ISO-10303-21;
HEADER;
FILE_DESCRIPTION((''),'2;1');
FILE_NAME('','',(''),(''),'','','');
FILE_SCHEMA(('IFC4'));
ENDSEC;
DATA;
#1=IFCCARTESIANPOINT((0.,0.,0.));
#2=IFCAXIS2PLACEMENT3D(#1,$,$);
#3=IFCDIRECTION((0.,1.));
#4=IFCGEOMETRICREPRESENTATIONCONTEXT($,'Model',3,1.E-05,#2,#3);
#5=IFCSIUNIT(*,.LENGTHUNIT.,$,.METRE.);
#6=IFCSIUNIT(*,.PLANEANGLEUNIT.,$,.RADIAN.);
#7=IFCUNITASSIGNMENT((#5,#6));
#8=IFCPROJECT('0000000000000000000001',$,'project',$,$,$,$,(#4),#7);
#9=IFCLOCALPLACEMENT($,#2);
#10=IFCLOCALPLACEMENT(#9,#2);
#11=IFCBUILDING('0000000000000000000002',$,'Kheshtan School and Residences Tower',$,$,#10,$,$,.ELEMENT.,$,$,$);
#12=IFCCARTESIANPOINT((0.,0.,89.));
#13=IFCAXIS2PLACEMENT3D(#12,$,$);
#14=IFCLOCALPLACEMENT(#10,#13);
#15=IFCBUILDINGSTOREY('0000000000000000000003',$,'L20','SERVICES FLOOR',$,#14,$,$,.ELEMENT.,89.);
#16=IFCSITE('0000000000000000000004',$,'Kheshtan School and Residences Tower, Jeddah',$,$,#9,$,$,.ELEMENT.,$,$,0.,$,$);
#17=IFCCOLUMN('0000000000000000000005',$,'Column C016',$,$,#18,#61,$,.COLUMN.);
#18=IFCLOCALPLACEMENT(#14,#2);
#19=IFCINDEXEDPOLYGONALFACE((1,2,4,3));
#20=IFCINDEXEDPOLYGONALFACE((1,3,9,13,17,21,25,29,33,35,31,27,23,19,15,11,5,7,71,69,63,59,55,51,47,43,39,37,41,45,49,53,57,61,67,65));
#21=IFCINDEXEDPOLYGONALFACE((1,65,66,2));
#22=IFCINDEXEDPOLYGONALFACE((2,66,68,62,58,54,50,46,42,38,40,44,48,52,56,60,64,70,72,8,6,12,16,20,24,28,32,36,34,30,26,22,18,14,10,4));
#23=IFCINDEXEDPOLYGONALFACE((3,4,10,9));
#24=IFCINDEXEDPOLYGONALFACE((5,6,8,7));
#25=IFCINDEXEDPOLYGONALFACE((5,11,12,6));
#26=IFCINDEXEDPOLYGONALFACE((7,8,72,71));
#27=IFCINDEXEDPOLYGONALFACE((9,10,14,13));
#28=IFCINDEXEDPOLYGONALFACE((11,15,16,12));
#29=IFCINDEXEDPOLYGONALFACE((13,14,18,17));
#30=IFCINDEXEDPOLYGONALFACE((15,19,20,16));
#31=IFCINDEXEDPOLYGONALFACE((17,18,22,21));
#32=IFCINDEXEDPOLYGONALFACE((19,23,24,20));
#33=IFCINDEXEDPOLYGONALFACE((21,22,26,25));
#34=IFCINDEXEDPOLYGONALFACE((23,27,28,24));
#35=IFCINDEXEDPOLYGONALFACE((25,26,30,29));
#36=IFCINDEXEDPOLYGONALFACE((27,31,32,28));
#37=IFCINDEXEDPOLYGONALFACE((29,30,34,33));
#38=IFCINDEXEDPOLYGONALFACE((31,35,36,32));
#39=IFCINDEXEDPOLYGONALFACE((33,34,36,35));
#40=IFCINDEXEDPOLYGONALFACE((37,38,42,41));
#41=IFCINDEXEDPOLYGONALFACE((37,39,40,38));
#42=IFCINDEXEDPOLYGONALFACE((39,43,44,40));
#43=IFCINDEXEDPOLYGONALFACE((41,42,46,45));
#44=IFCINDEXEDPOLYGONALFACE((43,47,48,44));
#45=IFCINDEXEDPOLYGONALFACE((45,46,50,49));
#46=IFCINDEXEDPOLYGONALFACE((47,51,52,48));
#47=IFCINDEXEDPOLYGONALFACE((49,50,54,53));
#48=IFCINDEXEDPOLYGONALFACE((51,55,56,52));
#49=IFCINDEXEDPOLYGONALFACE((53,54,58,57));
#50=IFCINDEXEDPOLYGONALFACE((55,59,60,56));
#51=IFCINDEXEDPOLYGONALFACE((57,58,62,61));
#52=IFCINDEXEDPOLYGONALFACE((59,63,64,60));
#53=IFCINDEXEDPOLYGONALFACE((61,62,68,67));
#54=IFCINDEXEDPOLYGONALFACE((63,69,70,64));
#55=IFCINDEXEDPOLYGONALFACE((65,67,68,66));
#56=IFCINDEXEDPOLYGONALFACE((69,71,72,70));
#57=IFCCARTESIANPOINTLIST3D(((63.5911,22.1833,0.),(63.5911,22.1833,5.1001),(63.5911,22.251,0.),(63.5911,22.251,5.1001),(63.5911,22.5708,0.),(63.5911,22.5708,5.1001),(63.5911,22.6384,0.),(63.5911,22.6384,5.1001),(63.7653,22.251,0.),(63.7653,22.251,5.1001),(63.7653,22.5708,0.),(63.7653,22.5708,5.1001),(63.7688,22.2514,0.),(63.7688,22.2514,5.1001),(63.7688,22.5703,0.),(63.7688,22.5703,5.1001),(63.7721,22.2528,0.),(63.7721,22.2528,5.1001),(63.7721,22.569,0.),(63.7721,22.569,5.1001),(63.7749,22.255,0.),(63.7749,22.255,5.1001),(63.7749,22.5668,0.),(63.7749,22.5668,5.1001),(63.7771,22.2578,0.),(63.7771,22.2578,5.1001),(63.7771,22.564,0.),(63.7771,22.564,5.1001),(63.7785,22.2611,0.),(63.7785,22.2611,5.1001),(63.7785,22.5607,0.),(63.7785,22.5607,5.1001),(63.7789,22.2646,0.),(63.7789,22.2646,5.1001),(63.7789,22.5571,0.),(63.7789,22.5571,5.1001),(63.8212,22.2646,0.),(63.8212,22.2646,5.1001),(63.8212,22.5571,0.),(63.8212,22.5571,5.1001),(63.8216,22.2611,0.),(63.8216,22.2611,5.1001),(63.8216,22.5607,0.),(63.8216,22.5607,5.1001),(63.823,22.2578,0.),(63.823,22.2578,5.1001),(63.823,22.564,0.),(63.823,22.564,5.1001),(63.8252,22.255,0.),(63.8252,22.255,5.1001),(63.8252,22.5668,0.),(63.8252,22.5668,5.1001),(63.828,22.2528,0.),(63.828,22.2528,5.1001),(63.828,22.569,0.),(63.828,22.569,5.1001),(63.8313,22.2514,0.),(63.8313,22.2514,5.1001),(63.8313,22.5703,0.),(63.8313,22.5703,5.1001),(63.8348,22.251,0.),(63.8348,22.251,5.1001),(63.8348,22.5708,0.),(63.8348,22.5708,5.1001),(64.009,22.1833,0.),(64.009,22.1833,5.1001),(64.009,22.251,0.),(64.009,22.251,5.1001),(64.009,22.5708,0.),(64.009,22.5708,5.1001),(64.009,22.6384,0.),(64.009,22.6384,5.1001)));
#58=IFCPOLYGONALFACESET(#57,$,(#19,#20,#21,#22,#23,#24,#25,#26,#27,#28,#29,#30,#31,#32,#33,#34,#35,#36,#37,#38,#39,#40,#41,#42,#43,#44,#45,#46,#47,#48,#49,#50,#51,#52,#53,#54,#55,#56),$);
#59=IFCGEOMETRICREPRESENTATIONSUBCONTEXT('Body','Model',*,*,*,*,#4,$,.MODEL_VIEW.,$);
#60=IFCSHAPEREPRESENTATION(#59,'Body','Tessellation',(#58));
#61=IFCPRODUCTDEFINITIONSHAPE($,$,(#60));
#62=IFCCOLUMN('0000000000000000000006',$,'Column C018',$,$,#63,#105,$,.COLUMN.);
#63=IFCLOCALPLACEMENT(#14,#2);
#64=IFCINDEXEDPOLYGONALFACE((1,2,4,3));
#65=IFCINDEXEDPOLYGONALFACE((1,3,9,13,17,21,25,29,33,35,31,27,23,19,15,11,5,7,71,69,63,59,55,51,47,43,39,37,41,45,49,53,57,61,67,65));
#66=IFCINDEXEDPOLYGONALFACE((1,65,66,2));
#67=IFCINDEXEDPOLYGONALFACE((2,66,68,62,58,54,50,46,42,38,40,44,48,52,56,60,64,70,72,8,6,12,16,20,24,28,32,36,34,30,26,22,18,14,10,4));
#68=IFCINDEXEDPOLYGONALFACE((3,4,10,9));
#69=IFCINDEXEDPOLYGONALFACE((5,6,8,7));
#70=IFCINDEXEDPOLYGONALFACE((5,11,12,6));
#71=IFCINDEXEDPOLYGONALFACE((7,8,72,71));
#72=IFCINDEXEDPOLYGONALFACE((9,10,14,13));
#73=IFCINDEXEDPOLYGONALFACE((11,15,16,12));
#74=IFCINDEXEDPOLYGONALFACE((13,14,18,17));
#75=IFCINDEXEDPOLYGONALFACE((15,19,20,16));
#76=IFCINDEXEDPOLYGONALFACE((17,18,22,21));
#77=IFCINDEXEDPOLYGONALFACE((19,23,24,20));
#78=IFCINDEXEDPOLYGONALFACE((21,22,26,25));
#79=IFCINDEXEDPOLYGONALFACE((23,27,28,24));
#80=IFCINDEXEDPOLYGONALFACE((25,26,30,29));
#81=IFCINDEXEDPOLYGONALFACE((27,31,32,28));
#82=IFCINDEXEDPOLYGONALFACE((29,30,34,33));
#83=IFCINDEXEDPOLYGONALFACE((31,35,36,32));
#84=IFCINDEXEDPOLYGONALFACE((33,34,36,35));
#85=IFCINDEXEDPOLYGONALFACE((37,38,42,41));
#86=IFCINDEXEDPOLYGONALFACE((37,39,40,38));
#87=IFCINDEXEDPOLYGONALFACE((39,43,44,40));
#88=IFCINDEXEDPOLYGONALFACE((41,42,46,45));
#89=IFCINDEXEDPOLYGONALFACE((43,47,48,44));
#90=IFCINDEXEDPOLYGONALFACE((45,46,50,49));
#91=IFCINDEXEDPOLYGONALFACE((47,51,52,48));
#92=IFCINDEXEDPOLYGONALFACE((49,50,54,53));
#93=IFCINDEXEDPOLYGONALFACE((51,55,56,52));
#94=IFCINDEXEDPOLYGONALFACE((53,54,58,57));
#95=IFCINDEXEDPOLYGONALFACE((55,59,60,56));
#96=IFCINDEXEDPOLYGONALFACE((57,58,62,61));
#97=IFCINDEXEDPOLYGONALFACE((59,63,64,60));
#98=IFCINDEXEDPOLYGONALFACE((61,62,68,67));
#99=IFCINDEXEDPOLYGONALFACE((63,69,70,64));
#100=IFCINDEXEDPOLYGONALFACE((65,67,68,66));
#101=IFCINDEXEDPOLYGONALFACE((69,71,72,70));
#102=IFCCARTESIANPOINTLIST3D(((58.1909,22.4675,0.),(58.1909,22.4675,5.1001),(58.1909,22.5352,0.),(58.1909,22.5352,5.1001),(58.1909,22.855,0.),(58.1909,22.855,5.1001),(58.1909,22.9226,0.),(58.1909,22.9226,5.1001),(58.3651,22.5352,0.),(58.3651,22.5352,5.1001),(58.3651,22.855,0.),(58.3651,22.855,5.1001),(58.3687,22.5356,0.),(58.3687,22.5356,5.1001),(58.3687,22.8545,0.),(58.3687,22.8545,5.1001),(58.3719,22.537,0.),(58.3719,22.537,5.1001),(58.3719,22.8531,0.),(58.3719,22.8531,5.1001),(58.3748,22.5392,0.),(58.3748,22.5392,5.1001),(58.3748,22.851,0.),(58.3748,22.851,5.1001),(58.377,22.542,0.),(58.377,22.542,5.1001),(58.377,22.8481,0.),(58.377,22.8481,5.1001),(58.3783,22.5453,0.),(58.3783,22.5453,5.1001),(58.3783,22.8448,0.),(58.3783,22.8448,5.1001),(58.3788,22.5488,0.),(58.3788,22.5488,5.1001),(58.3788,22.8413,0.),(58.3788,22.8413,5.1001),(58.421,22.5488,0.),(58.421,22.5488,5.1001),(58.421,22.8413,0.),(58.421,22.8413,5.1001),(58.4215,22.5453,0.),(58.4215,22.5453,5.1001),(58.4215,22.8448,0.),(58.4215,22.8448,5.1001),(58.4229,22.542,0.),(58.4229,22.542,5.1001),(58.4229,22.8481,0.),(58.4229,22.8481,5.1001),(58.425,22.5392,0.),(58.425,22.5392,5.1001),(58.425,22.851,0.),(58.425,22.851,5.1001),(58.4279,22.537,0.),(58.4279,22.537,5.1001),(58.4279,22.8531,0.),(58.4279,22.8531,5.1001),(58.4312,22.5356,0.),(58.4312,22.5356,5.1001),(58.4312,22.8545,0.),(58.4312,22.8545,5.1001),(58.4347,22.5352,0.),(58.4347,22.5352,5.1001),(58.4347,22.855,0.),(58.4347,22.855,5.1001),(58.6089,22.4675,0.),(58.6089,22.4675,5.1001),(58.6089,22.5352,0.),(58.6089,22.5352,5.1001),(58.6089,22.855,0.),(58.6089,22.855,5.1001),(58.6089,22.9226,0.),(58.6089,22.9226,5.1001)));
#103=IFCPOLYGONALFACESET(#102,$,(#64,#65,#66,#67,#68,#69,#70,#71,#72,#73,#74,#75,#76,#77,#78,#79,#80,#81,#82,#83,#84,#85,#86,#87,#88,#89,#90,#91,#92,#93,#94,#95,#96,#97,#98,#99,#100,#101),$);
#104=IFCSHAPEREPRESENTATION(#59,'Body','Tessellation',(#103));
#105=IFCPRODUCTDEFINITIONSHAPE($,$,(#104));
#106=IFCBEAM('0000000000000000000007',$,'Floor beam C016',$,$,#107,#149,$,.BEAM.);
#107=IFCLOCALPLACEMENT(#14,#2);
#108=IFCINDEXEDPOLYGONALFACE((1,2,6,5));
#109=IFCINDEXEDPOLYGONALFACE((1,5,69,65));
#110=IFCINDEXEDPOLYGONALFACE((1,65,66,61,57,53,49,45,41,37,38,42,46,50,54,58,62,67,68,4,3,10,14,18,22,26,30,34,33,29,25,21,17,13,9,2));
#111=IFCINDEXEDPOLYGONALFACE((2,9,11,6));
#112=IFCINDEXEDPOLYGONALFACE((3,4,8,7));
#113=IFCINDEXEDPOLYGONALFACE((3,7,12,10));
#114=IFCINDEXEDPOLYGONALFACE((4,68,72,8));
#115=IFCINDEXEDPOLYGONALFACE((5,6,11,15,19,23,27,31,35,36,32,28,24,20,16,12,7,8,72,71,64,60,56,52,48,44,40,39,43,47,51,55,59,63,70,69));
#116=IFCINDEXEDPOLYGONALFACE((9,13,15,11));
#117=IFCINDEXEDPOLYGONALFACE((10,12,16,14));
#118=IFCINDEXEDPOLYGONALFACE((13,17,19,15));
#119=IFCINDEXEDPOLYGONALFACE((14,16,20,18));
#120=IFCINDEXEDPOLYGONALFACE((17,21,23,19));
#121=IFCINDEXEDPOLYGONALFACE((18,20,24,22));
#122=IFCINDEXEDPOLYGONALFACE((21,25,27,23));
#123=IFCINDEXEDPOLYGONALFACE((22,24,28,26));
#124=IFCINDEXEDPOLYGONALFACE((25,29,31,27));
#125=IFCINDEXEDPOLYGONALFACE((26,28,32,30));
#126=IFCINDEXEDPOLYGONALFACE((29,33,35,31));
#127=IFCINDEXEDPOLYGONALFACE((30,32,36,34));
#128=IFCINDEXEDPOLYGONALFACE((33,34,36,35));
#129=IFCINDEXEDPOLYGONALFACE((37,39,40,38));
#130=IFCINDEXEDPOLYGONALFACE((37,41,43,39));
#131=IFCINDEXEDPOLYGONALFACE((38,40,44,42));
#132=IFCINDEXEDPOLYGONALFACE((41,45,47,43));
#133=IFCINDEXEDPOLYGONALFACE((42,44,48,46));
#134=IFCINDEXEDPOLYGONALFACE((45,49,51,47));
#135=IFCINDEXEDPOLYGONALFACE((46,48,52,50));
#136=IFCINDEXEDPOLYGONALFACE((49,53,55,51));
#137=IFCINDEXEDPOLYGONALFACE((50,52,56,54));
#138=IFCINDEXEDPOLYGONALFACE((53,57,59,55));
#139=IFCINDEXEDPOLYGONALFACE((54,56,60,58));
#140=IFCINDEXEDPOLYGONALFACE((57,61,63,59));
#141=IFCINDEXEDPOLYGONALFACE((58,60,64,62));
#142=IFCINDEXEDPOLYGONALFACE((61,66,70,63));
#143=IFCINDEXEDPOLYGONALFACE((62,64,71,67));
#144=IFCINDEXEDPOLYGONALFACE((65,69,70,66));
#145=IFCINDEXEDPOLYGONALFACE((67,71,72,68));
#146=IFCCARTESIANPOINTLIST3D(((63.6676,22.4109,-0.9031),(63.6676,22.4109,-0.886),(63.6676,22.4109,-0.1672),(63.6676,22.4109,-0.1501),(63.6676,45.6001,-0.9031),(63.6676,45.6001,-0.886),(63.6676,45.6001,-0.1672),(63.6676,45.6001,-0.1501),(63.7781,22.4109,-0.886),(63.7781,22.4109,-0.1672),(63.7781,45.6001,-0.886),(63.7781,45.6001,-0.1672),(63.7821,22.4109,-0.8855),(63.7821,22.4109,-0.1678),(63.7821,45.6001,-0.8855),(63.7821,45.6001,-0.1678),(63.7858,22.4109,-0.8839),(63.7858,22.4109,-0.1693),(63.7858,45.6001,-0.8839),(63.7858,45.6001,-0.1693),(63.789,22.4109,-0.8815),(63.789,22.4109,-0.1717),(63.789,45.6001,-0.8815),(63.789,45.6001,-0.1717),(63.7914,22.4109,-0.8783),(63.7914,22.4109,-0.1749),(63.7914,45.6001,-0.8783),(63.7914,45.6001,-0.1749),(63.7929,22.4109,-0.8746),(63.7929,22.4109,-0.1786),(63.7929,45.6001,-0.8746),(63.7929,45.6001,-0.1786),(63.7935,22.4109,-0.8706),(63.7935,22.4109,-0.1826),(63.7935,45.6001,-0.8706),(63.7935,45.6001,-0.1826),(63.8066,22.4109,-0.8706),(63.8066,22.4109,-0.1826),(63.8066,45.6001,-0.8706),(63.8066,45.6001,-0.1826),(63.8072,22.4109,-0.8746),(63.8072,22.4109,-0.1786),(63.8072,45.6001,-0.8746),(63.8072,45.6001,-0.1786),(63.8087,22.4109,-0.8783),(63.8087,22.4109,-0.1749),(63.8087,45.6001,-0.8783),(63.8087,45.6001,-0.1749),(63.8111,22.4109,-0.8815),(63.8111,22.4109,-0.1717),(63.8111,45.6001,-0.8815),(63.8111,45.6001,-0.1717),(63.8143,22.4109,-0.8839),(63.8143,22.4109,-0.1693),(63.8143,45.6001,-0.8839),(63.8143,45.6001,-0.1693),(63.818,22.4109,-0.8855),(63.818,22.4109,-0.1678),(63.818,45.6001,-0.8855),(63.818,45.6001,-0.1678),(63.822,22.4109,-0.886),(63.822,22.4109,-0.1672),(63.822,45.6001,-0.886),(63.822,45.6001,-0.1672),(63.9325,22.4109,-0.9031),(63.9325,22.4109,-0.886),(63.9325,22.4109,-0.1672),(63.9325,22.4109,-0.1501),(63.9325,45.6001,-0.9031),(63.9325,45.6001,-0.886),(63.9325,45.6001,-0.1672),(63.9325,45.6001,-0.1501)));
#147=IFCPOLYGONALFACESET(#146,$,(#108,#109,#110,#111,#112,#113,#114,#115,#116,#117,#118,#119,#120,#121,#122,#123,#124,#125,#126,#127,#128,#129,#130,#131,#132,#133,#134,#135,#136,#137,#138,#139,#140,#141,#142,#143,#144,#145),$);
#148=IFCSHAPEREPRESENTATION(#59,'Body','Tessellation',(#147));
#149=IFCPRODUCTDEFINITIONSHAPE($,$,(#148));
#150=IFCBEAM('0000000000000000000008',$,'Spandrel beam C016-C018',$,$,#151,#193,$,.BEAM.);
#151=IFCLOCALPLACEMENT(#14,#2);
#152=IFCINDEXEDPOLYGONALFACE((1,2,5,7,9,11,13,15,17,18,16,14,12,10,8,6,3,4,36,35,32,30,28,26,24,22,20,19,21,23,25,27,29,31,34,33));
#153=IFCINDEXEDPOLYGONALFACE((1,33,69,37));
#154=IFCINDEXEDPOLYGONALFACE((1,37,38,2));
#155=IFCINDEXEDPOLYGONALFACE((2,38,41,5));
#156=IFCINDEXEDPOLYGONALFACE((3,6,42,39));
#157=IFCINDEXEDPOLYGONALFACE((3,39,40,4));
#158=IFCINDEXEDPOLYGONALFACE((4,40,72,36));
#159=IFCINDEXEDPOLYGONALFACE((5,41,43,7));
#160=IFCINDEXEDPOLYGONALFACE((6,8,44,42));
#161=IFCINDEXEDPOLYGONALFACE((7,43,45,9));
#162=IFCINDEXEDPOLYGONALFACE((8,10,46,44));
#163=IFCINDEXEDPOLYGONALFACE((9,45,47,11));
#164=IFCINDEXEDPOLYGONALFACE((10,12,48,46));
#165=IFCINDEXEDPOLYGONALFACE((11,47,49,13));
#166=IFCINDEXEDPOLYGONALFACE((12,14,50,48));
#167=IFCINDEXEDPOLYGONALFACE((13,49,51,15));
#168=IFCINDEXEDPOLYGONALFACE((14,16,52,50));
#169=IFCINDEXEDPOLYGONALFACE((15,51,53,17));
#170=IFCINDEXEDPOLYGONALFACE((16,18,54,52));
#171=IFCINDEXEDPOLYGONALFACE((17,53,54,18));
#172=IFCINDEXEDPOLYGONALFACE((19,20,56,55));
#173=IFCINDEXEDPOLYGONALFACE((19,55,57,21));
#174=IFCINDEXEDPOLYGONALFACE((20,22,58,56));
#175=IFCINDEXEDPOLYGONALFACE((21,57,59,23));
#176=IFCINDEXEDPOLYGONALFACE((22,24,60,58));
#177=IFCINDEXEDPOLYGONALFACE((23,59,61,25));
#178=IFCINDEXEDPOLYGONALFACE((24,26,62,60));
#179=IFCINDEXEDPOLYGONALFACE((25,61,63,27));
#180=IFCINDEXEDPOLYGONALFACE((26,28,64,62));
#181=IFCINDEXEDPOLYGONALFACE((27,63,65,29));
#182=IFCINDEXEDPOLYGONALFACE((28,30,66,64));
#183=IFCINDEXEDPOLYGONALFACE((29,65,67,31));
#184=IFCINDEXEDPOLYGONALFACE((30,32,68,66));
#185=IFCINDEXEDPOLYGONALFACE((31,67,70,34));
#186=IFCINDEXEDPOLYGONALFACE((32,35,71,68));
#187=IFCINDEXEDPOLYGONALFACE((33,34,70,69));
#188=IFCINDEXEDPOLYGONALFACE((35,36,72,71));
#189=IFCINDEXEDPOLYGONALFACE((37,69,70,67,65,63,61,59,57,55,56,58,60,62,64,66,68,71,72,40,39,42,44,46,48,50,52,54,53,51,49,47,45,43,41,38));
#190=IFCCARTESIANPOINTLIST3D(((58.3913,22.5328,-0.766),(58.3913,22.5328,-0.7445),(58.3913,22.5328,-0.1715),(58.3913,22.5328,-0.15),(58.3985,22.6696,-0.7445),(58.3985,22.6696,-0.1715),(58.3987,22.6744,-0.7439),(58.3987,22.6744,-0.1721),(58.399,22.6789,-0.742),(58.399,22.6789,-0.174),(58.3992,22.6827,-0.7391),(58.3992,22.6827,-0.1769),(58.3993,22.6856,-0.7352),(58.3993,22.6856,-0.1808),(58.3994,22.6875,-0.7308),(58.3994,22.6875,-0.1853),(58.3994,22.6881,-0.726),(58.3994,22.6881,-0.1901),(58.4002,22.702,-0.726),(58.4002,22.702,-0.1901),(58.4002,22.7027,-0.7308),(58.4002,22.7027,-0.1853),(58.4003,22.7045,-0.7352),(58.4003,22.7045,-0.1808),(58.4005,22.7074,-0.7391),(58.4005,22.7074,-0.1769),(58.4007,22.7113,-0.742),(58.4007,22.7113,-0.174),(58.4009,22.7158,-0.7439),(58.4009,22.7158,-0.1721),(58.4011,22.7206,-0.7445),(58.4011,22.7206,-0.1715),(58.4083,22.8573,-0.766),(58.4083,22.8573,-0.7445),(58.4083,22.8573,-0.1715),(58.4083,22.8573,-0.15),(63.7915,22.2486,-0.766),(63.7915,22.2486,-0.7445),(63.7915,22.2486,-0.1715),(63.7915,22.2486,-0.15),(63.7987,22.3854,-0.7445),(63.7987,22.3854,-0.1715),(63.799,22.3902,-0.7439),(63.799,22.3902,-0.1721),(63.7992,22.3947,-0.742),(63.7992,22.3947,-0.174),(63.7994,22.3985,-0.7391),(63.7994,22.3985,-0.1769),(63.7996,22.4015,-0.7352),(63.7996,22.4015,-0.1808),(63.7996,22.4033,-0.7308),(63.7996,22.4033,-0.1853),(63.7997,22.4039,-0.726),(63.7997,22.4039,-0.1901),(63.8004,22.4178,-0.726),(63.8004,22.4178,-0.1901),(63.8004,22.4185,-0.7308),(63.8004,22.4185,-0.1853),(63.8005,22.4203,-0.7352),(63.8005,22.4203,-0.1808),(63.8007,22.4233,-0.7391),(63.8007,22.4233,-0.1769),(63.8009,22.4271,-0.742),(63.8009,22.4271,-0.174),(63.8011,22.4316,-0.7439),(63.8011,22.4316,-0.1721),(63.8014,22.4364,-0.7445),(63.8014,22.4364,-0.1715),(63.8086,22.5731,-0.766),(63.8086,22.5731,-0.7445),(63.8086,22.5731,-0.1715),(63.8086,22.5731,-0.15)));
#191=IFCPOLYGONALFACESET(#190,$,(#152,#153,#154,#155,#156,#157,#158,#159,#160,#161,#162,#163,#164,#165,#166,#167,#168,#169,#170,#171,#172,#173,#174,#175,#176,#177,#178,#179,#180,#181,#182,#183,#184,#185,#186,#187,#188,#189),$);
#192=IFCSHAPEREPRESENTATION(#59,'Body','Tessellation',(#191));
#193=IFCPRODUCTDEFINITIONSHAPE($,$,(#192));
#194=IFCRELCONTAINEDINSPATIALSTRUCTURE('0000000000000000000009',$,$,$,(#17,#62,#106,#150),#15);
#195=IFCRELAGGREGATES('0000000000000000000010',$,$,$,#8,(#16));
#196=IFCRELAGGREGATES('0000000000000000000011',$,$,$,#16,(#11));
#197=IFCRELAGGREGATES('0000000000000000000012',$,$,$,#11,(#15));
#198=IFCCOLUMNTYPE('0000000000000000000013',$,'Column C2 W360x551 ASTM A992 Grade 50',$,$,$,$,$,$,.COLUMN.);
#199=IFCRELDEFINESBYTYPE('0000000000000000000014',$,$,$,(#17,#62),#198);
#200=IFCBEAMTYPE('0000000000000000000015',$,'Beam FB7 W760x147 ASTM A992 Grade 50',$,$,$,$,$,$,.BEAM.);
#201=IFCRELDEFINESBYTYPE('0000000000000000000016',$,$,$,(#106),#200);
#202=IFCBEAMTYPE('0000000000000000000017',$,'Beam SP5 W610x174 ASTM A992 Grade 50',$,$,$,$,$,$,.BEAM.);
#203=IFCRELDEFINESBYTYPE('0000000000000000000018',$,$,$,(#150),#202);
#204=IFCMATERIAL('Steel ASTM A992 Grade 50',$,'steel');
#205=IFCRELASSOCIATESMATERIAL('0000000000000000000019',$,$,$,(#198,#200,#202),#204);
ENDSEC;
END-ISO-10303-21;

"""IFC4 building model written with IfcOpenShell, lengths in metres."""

from ifc_helpers import new_model, si_unit, direction, frame, origin, origin_2d, place, context, subcontext, project, spatial, i_section, extrude, material, material_profile, profile_set, type_object, element, save


model = new_model("IFC4")

# Units and contexts
model_context = context("Model", 3, precision=1e-05, world=origin(), true_north=direction((0.0, 1.0)))
body_context = subcontext(model_context, "Body", "Model", "MODEL_VIEW")
ifc_project = project(units=[si_unit("LENGTHUNIT", "METRE"), si_unit("PLANEANGLEUNIT", "RADIAN")], contexts=[model_context])

# Site, building, storey
site_placement = place(None, origin())
site = spatial("IfcSite", under=ifc_project, at=site_placement, Name="Kheshtan School and Residences Tower, Jeddah", CompositionType="ELEMENT", RefElevation=0.0)
building_placement = place(site_placement, origin())
building = spatial("IfcBuilding", under=site, at=building_placement, Name="Kheshtan School and Residences Tower", CompositionType="ELEMENT")
storey_placement = place(building_placement, frame((0.0, 0.0, 89.0)))
storey = spatial("IfcBuildingStorey", under=building, at=storey_placement, Name="L20", Description="SERVICES FLOOR", CompositionType="ELEMENT", Elevation=89.0)

# Columns
ifc_material_1 = material(Name="Steel ASTM A992 Grade 50", Category="steel")
ifc_material_profile_1 = material_profile(ifc_material_1, i_section(OverallWidth=0.418, OverallDepth=0.4551, WebThickness=0.0422, FlangeThickness=0.0676, FilletRadius=0.0137, at=origin_2d()), Name="W360x551")
ifc_profile_set_1 = profile_set([ifc_material_profile_1], Name="Steel ASTM A992 Grade 50")
column_type = type_object("IfcColumnType", Name="Column C2 W360x551 ASTM A992 Grade 50", PredefinedType="COLUMN", material=ifc_profile_set_1)
for number, where, z_axis, x_axis, name in (
    (1, (63.8, 22.4109, 0.0), (0.0, 0.0, 1.0), (1.0, 0.0, 0.0), "Column C016"),
    (2, (58.3999, 22.6951, 0.0), (0.0, 0.0, 1.0), (1.0, 0.0, 0.0), "Column C018"),
):
    element("IfcColumn", number, at=place(storey_placement, frame(where, z_axis=z_axis, x_axis=x_axis)), inside=storey, type_object=column_type, Name=name, PredefinedType="COLUMN", context=body_context, shape_type="SweptSolid", body=[
        extrude(i_section(OverallWidth=0.418, OverallDepth=0.4551, WebThickness=0.0422, FlangeThickness=0.0676, FilletRadius=0.0137, at=origin_2d()), origin(), (0.0, 0.0, 1.0), 5.1001),
    ])

# Beams
ifc_material_profile_2 = material_profile(ifc_material_1, i_section(OverallWidth=0.2649, OverallDepth=0.7529, WebThickness=0.0132, FlangeThickness=0.0171, FilletRadius=0.0154, at=origin_2d()), Name="W760x147")
ifc_profile_set_2 = profile_set([ifc_material_profile_2], Name="Steel ASTM A992 Grade 50")
beam_type_1 = type_object("IfcBeamType", Name="Beam FB7 W760x147 ASTM A992 Grade 50", PredefinedType="BEAM", material=ifc_profile_set_2)
beam_1_placement = place(storey_placement, frame((63.8, 22.4109, -0.5266), z_axis=(0.0, 1.0, 0.0), x_axis=(-1.0, 0.0, 0.0)))
element("IfcBeam", 3, at=beam_1_placement, inside=storey, type_object=beam_type_1, Name="Floor beam C016", PredefinedType="BEAM", context=body_context, shape_type="SweptSolid", body=[
    extrude(i_section(OverallWidth=0.2649, OverallDepth=0.7529, WebThickness=0.0132, FlangeThickness=0.0171, FilletRadius=0.0154, at=origin_2d()), origin(), (0.0, 0.0, 1.0), 23.1892),
])
ifc_material_profile_3 = material_profile(ifc_material_1, i_section(OverallWidth=0.325, OverallDepth=0.616, WebThickness=0.0139, FlangeThickness=0.0215, FilletRadius=0.0186, at=origin_2d()), Name="W610x174")
ifc_profile_set_3 = profile_set([ifc_material_profile_3], Name="Steel ASTM A992 Grade 50")
beam_type_2 = type_object("IfcBeamType", Name="Beam SP5 W610x174 ASTM A992 Grade 50", PredefinedType="BEAM", material=ifc_profile_set_3)
beam_2_placement = place(storey_placement, frame((63.8, 22.4109, -0.458), z_axis=(-0.998618, 0.052552, 0.0), x_axis=(-0.052552, -0.998618, 0.0)))
element("IfcBeam", 4, at=beam_2_placement, inside=storey, type_object=beam_type_2, Name="Spandrel beam C016-C018", PredefinedType="BEAM", context=body_context, shape_type="SweptSolid", body=[
    extrude(i_section(OverallWidth=0.325, OverallDepth=0.616, WebThickness=0.0139, FlangeThickness=0.0215, FilletRadius=0.0186, at=origin_2d()), origin(), (0.0, 0.0, 1.0), 5.4077),
])

save(model, "model.ifc")
